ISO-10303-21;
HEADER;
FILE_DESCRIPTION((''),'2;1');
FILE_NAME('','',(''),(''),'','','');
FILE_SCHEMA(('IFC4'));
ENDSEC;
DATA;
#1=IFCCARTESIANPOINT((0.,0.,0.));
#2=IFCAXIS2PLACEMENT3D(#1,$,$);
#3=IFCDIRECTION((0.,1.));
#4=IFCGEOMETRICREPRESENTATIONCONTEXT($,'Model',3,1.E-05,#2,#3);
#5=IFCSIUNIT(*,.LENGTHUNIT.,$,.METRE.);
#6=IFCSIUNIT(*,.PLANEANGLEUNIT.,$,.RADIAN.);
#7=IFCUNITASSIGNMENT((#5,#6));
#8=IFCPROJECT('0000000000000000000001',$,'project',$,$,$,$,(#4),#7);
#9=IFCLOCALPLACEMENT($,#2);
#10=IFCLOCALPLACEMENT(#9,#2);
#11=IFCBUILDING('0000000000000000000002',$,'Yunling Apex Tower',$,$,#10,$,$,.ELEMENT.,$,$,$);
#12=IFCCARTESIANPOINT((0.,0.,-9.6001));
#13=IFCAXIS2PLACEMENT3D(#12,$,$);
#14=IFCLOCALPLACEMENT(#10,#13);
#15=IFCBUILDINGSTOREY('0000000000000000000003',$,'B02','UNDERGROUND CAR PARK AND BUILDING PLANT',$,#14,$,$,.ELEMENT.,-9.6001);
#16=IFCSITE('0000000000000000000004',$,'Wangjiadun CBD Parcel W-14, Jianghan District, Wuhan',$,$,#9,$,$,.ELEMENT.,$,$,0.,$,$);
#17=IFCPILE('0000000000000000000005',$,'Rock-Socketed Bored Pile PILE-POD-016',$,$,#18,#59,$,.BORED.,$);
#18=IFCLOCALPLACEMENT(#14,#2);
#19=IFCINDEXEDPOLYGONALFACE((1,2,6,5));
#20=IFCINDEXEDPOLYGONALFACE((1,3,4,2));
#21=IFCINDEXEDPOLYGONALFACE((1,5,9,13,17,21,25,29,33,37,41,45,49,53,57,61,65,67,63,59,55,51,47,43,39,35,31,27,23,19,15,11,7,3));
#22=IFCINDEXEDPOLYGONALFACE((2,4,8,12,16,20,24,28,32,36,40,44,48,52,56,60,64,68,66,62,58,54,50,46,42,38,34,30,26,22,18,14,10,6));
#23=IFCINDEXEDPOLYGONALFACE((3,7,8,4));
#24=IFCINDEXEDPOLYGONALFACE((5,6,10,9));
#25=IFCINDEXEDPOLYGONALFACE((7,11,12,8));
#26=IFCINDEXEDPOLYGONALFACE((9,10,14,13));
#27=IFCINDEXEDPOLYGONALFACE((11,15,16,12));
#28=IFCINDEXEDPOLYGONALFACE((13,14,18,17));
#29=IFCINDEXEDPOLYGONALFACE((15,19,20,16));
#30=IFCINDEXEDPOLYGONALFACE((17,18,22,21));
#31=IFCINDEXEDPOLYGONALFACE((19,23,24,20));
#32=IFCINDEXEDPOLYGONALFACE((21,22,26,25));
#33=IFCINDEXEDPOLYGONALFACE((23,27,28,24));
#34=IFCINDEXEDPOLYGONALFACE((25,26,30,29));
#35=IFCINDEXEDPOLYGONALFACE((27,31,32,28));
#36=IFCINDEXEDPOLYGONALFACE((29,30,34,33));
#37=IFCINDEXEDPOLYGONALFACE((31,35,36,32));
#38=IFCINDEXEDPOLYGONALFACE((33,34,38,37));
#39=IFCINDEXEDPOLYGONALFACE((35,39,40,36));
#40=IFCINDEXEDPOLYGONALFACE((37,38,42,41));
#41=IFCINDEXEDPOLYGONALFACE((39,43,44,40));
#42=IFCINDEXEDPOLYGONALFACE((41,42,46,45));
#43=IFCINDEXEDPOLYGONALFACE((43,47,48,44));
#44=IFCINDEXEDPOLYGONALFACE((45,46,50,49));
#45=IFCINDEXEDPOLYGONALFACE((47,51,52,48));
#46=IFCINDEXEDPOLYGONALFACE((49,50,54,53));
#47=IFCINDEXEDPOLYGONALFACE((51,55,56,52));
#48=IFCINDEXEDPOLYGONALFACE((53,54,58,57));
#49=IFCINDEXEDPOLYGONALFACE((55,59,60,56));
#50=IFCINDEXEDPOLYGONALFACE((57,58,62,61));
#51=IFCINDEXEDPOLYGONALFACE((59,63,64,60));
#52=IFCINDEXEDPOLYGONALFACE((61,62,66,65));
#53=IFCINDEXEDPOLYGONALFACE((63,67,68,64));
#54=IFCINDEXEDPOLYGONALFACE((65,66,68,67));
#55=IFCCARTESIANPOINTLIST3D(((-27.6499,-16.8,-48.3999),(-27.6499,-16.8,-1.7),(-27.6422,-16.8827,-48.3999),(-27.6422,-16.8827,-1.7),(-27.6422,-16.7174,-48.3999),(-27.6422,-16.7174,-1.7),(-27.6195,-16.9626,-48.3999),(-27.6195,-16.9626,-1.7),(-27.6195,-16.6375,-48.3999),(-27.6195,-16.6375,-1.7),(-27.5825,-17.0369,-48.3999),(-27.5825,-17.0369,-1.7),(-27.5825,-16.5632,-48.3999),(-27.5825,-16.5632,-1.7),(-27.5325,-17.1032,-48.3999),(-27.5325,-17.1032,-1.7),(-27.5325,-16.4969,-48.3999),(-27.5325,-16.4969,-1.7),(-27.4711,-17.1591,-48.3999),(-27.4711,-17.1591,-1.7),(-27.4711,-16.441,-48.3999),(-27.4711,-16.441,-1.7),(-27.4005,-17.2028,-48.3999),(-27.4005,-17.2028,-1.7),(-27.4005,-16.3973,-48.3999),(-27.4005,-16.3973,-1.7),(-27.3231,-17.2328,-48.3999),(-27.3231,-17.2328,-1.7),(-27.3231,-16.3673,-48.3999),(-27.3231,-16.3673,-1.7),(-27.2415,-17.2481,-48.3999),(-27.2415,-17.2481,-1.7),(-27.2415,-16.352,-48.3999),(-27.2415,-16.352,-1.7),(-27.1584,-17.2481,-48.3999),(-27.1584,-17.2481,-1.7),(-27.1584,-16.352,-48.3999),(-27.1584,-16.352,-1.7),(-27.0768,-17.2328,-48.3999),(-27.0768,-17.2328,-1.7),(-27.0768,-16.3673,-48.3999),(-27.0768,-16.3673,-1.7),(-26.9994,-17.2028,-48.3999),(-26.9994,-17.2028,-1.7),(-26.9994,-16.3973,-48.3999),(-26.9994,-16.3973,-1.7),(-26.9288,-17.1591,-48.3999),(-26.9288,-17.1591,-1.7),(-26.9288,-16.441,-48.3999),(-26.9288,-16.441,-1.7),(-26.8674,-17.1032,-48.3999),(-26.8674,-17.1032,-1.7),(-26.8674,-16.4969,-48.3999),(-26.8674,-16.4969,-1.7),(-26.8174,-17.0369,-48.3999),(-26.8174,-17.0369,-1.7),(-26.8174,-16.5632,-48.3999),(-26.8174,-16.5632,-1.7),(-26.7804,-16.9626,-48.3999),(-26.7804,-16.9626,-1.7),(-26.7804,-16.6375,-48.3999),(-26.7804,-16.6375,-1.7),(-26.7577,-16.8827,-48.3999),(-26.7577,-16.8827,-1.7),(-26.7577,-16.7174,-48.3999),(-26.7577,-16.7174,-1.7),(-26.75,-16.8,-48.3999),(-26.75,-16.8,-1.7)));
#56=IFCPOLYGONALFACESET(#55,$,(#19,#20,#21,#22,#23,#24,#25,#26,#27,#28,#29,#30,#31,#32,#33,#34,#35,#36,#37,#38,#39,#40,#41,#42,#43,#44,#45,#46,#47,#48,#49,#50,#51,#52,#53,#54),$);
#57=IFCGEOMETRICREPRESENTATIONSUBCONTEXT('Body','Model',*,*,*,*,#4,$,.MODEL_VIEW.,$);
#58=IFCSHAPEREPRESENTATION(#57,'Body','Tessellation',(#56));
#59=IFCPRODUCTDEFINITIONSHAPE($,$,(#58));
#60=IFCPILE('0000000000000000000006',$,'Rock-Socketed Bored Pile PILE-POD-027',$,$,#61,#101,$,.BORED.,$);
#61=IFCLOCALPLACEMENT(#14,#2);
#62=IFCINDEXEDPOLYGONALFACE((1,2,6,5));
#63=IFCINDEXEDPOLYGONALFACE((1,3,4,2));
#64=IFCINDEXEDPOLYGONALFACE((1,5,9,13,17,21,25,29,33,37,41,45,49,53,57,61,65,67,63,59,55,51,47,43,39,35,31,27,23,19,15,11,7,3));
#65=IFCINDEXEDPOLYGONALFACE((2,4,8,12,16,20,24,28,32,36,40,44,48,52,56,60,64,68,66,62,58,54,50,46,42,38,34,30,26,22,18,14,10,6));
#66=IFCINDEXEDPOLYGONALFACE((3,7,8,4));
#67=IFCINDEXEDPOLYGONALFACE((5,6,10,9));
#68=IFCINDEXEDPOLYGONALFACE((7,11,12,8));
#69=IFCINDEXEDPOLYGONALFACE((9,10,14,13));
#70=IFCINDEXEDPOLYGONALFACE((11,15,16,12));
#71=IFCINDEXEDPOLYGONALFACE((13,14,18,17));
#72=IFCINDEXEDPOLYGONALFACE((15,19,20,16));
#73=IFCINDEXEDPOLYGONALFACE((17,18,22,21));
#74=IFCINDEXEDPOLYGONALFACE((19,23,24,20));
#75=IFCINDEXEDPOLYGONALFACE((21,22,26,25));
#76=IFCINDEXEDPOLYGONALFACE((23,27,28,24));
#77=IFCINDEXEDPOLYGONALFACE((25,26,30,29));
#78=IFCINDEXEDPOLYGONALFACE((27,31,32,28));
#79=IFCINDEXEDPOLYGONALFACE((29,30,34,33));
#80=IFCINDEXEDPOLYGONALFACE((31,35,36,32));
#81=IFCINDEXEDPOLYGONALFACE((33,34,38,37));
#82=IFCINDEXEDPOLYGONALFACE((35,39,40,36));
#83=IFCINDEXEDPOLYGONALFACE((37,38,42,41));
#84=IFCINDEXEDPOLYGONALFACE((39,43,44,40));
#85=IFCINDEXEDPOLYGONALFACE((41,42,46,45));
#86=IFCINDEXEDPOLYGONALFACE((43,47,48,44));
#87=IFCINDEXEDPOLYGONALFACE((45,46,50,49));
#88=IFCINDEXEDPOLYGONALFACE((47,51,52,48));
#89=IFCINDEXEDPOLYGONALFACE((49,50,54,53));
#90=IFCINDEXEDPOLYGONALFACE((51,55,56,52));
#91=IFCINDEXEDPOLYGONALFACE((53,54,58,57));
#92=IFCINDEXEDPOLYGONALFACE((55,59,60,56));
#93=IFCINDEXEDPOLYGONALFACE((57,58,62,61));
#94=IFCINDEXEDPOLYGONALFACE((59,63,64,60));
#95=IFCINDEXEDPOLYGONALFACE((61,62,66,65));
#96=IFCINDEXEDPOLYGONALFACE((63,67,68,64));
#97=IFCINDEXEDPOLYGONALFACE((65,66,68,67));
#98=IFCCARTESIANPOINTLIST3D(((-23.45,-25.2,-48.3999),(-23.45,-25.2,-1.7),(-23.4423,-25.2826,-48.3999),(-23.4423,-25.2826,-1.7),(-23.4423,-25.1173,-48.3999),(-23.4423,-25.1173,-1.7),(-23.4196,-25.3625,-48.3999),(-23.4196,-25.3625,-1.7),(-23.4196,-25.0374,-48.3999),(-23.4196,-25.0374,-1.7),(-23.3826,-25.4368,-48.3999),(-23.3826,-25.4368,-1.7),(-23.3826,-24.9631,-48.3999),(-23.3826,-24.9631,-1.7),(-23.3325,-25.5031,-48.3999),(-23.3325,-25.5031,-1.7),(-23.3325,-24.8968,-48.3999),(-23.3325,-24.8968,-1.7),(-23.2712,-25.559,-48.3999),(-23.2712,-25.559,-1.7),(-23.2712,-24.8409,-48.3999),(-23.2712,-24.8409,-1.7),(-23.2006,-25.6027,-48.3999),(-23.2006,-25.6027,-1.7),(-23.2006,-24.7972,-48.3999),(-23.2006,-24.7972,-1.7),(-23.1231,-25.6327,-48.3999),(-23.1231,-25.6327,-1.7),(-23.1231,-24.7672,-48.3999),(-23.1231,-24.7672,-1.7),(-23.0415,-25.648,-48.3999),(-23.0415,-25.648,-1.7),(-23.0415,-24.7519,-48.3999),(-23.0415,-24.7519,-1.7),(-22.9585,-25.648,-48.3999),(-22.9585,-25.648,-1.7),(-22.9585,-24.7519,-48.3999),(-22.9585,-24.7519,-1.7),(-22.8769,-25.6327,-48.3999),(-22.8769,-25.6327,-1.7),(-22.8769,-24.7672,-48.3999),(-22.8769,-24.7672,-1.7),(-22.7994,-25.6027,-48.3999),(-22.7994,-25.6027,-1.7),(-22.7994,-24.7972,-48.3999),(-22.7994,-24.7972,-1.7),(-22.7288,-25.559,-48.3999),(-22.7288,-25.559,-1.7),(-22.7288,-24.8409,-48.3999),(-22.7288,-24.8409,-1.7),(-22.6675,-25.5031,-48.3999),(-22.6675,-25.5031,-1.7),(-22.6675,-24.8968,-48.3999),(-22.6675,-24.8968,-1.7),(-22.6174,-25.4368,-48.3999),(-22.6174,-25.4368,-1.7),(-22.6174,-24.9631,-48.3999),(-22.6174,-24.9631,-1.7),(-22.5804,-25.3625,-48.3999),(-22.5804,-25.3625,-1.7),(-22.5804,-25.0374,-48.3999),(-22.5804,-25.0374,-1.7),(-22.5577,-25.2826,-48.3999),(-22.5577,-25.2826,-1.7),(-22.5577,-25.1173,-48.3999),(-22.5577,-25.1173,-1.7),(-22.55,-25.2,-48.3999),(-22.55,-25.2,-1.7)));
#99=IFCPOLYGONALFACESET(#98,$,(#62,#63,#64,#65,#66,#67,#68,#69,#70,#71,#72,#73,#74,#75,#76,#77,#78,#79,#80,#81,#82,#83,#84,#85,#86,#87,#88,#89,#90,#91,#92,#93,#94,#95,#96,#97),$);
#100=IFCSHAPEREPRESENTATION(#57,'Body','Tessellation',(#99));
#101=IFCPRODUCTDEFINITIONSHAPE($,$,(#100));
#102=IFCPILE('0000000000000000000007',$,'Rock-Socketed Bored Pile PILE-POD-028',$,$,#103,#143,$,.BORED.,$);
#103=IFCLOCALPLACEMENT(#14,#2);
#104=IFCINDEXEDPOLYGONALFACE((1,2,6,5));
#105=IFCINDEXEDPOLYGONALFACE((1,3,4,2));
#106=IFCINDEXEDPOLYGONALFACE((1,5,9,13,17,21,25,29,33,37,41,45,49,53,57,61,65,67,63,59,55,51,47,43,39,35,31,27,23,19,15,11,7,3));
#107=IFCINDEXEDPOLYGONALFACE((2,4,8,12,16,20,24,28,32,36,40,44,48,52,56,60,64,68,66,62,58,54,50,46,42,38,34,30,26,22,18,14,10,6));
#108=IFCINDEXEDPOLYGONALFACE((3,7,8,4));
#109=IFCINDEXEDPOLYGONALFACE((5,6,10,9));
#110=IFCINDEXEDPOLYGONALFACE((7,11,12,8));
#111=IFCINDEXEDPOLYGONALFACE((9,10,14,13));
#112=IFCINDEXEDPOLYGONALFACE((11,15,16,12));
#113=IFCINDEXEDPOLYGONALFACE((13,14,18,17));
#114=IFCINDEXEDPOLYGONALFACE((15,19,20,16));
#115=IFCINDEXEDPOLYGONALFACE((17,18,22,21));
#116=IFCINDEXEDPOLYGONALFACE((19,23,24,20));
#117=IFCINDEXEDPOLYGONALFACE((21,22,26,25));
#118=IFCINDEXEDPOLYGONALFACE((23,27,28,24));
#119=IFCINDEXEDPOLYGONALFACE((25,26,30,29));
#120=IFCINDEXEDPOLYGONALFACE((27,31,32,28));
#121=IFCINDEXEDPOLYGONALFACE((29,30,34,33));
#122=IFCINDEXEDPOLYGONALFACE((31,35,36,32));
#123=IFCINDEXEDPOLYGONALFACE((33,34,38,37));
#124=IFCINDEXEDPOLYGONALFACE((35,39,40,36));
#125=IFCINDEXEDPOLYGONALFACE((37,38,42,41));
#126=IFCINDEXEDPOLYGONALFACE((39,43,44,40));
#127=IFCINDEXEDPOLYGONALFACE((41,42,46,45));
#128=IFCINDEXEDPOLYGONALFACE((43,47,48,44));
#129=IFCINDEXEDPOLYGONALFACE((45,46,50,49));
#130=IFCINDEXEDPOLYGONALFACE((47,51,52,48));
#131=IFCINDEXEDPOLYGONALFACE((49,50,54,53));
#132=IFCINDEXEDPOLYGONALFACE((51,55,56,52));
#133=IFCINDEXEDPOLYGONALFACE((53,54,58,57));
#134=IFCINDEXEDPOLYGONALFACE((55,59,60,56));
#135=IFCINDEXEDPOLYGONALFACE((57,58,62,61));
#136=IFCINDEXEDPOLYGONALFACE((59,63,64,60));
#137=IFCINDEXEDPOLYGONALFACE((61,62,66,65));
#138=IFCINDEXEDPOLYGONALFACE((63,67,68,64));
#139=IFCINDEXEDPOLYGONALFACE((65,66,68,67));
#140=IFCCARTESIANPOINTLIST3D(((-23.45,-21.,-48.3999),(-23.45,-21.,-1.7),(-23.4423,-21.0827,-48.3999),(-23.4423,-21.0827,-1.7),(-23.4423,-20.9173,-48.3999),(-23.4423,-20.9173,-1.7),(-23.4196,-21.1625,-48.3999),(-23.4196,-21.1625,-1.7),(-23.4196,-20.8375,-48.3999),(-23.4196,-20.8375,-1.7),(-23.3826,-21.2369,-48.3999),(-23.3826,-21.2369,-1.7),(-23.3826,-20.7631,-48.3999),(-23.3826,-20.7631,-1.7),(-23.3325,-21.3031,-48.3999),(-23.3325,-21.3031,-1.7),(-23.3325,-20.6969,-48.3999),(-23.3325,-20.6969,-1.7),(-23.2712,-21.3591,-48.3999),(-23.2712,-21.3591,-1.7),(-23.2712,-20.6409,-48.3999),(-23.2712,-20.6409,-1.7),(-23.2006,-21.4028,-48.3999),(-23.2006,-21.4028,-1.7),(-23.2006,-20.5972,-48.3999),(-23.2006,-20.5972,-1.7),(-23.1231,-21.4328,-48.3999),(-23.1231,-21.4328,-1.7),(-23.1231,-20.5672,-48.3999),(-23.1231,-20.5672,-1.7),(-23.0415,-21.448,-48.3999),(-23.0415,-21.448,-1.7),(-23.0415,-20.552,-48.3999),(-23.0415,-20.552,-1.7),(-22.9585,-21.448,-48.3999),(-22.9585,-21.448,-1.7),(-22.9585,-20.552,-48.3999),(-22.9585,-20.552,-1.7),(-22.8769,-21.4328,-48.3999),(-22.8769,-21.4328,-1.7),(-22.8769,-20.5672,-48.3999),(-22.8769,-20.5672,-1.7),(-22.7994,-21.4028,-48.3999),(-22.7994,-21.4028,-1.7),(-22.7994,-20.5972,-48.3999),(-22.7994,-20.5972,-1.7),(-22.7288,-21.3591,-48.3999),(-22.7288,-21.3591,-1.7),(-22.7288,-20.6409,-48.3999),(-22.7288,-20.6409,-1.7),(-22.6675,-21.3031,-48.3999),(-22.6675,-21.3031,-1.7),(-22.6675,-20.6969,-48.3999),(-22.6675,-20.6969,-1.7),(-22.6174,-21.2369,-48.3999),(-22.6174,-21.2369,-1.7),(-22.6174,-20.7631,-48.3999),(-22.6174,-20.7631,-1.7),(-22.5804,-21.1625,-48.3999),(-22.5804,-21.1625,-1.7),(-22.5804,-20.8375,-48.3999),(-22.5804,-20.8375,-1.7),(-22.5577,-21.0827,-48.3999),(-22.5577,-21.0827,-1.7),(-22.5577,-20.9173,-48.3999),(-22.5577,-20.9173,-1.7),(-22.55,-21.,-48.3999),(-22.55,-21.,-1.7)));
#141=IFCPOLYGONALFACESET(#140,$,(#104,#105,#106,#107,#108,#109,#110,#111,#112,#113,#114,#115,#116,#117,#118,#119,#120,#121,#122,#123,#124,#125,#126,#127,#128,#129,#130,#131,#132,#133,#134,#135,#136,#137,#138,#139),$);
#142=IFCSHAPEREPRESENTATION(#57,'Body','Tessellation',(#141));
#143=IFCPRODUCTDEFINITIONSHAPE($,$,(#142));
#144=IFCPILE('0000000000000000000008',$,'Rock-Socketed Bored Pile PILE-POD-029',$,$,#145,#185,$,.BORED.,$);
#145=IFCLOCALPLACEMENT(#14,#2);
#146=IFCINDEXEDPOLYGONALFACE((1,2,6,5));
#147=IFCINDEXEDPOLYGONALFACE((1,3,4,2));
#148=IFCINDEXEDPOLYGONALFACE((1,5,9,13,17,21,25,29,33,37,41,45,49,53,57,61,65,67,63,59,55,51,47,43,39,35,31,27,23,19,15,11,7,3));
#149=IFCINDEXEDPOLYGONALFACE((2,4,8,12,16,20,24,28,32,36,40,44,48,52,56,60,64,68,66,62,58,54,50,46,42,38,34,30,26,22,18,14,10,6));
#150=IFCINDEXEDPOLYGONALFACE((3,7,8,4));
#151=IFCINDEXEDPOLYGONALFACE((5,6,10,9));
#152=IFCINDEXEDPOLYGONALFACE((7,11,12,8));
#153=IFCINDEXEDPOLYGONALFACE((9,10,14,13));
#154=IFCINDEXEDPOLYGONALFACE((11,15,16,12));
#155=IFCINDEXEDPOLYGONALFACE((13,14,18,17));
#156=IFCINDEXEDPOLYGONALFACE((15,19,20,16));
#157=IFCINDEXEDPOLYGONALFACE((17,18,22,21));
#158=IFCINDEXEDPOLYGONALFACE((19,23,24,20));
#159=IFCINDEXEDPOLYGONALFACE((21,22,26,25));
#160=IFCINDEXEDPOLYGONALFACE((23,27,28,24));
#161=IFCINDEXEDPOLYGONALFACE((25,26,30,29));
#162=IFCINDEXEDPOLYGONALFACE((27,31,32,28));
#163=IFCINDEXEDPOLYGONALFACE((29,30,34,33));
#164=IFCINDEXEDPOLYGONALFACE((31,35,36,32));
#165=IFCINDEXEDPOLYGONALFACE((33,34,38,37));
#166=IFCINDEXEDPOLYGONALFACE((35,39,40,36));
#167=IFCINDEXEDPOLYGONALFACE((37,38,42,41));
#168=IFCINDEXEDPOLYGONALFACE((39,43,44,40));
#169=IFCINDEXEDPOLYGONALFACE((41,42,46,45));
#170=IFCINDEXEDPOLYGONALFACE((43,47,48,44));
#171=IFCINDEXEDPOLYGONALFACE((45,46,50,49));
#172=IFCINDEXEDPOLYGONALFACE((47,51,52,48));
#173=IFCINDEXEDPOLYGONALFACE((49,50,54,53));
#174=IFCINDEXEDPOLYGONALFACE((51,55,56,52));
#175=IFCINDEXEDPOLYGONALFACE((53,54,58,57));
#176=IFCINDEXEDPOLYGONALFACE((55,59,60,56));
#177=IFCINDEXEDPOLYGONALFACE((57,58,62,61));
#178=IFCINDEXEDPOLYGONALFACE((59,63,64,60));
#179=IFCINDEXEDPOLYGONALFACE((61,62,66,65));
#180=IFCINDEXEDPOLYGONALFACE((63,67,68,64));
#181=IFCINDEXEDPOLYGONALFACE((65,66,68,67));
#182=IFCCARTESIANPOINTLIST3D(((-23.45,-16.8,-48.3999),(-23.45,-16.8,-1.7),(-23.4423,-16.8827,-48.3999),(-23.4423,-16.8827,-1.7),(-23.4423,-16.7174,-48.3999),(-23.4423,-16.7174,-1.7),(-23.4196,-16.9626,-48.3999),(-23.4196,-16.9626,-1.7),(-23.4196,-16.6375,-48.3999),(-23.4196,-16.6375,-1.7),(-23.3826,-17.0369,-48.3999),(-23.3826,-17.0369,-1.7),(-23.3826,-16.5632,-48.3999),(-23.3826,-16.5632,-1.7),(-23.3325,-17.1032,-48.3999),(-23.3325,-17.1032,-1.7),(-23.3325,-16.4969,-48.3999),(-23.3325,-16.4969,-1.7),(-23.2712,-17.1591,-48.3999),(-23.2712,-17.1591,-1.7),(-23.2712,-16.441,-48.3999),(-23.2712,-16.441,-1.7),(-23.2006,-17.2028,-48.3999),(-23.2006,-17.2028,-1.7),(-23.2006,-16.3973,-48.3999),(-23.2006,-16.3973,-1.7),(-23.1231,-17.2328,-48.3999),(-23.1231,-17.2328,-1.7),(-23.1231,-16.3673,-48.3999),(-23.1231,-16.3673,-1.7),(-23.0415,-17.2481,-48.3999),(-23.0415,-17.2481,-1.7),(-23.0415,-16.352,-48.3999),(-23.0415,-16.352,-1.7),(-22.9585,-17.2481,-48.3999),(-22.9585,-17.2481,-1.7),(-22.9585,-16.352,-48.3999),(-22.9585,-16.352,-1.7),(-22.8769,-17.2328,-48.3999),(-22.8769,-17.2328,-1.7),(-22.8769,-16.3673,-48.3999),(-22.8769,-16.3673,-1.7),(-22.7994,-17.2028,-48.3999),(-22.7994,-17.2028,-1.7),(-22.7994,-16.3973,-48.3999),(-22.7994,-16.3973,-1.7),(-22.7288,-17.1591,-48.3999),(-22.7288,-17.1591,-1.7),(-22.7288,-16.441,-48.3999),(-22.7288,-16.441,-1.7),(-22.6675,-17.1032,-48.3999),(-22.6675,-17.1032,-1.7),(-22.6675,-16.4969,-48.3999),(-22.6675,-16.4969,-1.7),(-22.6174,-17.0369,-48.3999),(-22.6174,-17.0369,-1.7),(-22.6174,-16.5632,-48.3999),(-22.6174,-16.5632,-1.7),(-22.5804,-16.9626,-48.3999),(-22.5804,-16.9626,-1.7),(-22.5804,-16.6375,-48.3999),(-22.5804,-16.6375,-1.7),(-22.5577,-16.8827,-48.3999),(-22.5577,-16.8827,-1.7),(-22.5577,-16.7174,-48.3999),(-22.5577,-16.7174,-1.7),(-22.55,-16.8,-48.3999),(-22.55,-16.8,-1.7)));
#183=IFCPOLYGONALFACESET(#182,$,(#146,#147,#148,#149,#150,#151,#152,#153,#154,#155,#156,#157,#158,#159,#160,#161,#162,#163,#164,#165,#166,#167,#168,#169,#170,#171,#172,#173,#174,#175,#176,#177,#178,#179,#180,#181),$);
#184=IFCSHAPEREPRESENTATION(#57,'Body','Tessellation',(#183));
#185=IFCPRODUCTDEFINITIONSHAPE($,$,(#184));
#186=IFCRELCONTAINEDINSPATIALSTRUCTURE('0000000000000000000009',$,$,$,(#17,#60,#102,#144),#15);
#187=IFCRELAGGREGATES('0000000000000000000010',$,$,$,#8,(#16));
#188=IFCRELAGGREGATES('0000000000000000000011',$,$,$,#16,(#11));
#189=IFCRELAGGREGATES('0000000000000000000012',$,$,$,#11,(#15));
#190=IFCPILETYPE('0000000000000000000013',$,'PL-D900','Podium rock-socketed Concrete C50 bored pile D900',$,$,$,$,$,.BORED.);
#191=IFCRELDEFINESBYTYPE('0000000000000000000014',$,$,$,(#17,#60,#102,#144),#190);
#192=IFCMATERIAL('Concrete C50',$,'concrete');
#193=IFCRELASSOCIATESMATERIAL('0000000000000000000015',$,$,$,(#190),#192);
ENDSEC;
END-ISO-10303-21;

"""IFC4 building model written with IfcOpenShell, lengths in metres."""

from ifc_helpers import new_model, si_unit, direction, frame, origin, origin_2d, place, context, subcontext, project, spatial, circle, extrude, source, transform, mapped, material, material_profile, profile_set, type_object, element, save


model = new_model("IFC4")

# Units and contexts
model_context = context("Model", 3, precision=1e-05, world=origin(), true_north=direction((0.0, 1.0)))
body_context = subcontext(model_context, "Body", "Model", "MODEL_VIEW")
ifc_project = project(units=[si_unit("LENGTHUNIT", "METRE"), si_unit("PLANEANGLEUNIT", "RADIAN")], contexts=[model_context])

# Site, building, storey
site_placement = place(None, origin())
site = spatial("IfcSite", under=ifc_project, at=site_placement, Name="Wangjiadun CBD Parcel W-14, Jianghan District, Wuhan", CompositionType="ELEMENT", RefElevation=0.0)
building_placement = place(site_placement, origin())
building = spatial("IfcBuilding", under=site, at=building_placement, Name="Yunling Apex Tower", CompositionType="ELEMENT")
storey_placement = place(building_placement, frame((0.0, 0.0, -9.6001)))
storey = spatial("IfcBuildingStorey", under=building, at=storey_placement, Name="B02", Description="UNDERGROUND CAR PARK AND BUILDING PLANT", CompositionType="ELEMENT", Elevation=-9.6001)

# Shared definitions
ifc_material_1 = material(Name="Concrete C50", Category="concrete")

# Piles
ifc_material_profile_1 = material_profile(ifc_material_1, circle(Radius=0.45, at=origin_2d()))
ifc_profile_set_1 = profile_set([ifc_material_profile_1], Name="Concrete C50")
pile_type_1 = type_object("IfcPileType", Name="PL-D900", Description="Podium rock-socketed Concrete C50 bored pile D900", PredefinedType="BORED", material=ifc_profile_set_1)
shared_shape_1 = source(origin(), body_context, "Body", "SweptSolid", [
    extrude(circle(Radius=0.45, at=origin_2d()), origin(), (0.0, 0.0, 1.0), 46.7),
])
for number, where, z_axis, x_axis, name in (
    (1, (-27.2, -16.8, -1.7), (0.0, 0.0, -1.0), (1.0, 0.0, 0.0), "Rock-Socketed Bored Pile PILE-POD-016"),
    (2, (-23.0, -25.2, -1.7), (0.0, 0.0, -1.0), (1.0, 0.0, 0.0), "Rock-Socketed Bored Pile PILE-POD-027"),
    (3, (-23.0, -21.0, -1.7), (0.0, 0.0, -1.0), (1.0, 0.0, 0.0), "Rock-Socketed Bored Pile PILE-POD-028"),
    (4, (-23.0, -16.8, -1.7), (0.0, 0.0, -1.0), (1.0, 0.0, 0.0), "Rock-Socketed Bored Pile PILE-POD-029"),
):
    element("IfcPile", number, at=place(storey_placement, frame(where, z_axis=z_axis, x_axis=x_axis)), inside=storey, type_object=pile_type_1, Name=name, PredefinedType="BORED", context=body_context, shape_type="MappedRepresentation", body=[
        mapped(shared_shape_1, transform((0.0, 0.0, 0.0), scale=1.0)),
    ])

save(model, "model.ifc")
